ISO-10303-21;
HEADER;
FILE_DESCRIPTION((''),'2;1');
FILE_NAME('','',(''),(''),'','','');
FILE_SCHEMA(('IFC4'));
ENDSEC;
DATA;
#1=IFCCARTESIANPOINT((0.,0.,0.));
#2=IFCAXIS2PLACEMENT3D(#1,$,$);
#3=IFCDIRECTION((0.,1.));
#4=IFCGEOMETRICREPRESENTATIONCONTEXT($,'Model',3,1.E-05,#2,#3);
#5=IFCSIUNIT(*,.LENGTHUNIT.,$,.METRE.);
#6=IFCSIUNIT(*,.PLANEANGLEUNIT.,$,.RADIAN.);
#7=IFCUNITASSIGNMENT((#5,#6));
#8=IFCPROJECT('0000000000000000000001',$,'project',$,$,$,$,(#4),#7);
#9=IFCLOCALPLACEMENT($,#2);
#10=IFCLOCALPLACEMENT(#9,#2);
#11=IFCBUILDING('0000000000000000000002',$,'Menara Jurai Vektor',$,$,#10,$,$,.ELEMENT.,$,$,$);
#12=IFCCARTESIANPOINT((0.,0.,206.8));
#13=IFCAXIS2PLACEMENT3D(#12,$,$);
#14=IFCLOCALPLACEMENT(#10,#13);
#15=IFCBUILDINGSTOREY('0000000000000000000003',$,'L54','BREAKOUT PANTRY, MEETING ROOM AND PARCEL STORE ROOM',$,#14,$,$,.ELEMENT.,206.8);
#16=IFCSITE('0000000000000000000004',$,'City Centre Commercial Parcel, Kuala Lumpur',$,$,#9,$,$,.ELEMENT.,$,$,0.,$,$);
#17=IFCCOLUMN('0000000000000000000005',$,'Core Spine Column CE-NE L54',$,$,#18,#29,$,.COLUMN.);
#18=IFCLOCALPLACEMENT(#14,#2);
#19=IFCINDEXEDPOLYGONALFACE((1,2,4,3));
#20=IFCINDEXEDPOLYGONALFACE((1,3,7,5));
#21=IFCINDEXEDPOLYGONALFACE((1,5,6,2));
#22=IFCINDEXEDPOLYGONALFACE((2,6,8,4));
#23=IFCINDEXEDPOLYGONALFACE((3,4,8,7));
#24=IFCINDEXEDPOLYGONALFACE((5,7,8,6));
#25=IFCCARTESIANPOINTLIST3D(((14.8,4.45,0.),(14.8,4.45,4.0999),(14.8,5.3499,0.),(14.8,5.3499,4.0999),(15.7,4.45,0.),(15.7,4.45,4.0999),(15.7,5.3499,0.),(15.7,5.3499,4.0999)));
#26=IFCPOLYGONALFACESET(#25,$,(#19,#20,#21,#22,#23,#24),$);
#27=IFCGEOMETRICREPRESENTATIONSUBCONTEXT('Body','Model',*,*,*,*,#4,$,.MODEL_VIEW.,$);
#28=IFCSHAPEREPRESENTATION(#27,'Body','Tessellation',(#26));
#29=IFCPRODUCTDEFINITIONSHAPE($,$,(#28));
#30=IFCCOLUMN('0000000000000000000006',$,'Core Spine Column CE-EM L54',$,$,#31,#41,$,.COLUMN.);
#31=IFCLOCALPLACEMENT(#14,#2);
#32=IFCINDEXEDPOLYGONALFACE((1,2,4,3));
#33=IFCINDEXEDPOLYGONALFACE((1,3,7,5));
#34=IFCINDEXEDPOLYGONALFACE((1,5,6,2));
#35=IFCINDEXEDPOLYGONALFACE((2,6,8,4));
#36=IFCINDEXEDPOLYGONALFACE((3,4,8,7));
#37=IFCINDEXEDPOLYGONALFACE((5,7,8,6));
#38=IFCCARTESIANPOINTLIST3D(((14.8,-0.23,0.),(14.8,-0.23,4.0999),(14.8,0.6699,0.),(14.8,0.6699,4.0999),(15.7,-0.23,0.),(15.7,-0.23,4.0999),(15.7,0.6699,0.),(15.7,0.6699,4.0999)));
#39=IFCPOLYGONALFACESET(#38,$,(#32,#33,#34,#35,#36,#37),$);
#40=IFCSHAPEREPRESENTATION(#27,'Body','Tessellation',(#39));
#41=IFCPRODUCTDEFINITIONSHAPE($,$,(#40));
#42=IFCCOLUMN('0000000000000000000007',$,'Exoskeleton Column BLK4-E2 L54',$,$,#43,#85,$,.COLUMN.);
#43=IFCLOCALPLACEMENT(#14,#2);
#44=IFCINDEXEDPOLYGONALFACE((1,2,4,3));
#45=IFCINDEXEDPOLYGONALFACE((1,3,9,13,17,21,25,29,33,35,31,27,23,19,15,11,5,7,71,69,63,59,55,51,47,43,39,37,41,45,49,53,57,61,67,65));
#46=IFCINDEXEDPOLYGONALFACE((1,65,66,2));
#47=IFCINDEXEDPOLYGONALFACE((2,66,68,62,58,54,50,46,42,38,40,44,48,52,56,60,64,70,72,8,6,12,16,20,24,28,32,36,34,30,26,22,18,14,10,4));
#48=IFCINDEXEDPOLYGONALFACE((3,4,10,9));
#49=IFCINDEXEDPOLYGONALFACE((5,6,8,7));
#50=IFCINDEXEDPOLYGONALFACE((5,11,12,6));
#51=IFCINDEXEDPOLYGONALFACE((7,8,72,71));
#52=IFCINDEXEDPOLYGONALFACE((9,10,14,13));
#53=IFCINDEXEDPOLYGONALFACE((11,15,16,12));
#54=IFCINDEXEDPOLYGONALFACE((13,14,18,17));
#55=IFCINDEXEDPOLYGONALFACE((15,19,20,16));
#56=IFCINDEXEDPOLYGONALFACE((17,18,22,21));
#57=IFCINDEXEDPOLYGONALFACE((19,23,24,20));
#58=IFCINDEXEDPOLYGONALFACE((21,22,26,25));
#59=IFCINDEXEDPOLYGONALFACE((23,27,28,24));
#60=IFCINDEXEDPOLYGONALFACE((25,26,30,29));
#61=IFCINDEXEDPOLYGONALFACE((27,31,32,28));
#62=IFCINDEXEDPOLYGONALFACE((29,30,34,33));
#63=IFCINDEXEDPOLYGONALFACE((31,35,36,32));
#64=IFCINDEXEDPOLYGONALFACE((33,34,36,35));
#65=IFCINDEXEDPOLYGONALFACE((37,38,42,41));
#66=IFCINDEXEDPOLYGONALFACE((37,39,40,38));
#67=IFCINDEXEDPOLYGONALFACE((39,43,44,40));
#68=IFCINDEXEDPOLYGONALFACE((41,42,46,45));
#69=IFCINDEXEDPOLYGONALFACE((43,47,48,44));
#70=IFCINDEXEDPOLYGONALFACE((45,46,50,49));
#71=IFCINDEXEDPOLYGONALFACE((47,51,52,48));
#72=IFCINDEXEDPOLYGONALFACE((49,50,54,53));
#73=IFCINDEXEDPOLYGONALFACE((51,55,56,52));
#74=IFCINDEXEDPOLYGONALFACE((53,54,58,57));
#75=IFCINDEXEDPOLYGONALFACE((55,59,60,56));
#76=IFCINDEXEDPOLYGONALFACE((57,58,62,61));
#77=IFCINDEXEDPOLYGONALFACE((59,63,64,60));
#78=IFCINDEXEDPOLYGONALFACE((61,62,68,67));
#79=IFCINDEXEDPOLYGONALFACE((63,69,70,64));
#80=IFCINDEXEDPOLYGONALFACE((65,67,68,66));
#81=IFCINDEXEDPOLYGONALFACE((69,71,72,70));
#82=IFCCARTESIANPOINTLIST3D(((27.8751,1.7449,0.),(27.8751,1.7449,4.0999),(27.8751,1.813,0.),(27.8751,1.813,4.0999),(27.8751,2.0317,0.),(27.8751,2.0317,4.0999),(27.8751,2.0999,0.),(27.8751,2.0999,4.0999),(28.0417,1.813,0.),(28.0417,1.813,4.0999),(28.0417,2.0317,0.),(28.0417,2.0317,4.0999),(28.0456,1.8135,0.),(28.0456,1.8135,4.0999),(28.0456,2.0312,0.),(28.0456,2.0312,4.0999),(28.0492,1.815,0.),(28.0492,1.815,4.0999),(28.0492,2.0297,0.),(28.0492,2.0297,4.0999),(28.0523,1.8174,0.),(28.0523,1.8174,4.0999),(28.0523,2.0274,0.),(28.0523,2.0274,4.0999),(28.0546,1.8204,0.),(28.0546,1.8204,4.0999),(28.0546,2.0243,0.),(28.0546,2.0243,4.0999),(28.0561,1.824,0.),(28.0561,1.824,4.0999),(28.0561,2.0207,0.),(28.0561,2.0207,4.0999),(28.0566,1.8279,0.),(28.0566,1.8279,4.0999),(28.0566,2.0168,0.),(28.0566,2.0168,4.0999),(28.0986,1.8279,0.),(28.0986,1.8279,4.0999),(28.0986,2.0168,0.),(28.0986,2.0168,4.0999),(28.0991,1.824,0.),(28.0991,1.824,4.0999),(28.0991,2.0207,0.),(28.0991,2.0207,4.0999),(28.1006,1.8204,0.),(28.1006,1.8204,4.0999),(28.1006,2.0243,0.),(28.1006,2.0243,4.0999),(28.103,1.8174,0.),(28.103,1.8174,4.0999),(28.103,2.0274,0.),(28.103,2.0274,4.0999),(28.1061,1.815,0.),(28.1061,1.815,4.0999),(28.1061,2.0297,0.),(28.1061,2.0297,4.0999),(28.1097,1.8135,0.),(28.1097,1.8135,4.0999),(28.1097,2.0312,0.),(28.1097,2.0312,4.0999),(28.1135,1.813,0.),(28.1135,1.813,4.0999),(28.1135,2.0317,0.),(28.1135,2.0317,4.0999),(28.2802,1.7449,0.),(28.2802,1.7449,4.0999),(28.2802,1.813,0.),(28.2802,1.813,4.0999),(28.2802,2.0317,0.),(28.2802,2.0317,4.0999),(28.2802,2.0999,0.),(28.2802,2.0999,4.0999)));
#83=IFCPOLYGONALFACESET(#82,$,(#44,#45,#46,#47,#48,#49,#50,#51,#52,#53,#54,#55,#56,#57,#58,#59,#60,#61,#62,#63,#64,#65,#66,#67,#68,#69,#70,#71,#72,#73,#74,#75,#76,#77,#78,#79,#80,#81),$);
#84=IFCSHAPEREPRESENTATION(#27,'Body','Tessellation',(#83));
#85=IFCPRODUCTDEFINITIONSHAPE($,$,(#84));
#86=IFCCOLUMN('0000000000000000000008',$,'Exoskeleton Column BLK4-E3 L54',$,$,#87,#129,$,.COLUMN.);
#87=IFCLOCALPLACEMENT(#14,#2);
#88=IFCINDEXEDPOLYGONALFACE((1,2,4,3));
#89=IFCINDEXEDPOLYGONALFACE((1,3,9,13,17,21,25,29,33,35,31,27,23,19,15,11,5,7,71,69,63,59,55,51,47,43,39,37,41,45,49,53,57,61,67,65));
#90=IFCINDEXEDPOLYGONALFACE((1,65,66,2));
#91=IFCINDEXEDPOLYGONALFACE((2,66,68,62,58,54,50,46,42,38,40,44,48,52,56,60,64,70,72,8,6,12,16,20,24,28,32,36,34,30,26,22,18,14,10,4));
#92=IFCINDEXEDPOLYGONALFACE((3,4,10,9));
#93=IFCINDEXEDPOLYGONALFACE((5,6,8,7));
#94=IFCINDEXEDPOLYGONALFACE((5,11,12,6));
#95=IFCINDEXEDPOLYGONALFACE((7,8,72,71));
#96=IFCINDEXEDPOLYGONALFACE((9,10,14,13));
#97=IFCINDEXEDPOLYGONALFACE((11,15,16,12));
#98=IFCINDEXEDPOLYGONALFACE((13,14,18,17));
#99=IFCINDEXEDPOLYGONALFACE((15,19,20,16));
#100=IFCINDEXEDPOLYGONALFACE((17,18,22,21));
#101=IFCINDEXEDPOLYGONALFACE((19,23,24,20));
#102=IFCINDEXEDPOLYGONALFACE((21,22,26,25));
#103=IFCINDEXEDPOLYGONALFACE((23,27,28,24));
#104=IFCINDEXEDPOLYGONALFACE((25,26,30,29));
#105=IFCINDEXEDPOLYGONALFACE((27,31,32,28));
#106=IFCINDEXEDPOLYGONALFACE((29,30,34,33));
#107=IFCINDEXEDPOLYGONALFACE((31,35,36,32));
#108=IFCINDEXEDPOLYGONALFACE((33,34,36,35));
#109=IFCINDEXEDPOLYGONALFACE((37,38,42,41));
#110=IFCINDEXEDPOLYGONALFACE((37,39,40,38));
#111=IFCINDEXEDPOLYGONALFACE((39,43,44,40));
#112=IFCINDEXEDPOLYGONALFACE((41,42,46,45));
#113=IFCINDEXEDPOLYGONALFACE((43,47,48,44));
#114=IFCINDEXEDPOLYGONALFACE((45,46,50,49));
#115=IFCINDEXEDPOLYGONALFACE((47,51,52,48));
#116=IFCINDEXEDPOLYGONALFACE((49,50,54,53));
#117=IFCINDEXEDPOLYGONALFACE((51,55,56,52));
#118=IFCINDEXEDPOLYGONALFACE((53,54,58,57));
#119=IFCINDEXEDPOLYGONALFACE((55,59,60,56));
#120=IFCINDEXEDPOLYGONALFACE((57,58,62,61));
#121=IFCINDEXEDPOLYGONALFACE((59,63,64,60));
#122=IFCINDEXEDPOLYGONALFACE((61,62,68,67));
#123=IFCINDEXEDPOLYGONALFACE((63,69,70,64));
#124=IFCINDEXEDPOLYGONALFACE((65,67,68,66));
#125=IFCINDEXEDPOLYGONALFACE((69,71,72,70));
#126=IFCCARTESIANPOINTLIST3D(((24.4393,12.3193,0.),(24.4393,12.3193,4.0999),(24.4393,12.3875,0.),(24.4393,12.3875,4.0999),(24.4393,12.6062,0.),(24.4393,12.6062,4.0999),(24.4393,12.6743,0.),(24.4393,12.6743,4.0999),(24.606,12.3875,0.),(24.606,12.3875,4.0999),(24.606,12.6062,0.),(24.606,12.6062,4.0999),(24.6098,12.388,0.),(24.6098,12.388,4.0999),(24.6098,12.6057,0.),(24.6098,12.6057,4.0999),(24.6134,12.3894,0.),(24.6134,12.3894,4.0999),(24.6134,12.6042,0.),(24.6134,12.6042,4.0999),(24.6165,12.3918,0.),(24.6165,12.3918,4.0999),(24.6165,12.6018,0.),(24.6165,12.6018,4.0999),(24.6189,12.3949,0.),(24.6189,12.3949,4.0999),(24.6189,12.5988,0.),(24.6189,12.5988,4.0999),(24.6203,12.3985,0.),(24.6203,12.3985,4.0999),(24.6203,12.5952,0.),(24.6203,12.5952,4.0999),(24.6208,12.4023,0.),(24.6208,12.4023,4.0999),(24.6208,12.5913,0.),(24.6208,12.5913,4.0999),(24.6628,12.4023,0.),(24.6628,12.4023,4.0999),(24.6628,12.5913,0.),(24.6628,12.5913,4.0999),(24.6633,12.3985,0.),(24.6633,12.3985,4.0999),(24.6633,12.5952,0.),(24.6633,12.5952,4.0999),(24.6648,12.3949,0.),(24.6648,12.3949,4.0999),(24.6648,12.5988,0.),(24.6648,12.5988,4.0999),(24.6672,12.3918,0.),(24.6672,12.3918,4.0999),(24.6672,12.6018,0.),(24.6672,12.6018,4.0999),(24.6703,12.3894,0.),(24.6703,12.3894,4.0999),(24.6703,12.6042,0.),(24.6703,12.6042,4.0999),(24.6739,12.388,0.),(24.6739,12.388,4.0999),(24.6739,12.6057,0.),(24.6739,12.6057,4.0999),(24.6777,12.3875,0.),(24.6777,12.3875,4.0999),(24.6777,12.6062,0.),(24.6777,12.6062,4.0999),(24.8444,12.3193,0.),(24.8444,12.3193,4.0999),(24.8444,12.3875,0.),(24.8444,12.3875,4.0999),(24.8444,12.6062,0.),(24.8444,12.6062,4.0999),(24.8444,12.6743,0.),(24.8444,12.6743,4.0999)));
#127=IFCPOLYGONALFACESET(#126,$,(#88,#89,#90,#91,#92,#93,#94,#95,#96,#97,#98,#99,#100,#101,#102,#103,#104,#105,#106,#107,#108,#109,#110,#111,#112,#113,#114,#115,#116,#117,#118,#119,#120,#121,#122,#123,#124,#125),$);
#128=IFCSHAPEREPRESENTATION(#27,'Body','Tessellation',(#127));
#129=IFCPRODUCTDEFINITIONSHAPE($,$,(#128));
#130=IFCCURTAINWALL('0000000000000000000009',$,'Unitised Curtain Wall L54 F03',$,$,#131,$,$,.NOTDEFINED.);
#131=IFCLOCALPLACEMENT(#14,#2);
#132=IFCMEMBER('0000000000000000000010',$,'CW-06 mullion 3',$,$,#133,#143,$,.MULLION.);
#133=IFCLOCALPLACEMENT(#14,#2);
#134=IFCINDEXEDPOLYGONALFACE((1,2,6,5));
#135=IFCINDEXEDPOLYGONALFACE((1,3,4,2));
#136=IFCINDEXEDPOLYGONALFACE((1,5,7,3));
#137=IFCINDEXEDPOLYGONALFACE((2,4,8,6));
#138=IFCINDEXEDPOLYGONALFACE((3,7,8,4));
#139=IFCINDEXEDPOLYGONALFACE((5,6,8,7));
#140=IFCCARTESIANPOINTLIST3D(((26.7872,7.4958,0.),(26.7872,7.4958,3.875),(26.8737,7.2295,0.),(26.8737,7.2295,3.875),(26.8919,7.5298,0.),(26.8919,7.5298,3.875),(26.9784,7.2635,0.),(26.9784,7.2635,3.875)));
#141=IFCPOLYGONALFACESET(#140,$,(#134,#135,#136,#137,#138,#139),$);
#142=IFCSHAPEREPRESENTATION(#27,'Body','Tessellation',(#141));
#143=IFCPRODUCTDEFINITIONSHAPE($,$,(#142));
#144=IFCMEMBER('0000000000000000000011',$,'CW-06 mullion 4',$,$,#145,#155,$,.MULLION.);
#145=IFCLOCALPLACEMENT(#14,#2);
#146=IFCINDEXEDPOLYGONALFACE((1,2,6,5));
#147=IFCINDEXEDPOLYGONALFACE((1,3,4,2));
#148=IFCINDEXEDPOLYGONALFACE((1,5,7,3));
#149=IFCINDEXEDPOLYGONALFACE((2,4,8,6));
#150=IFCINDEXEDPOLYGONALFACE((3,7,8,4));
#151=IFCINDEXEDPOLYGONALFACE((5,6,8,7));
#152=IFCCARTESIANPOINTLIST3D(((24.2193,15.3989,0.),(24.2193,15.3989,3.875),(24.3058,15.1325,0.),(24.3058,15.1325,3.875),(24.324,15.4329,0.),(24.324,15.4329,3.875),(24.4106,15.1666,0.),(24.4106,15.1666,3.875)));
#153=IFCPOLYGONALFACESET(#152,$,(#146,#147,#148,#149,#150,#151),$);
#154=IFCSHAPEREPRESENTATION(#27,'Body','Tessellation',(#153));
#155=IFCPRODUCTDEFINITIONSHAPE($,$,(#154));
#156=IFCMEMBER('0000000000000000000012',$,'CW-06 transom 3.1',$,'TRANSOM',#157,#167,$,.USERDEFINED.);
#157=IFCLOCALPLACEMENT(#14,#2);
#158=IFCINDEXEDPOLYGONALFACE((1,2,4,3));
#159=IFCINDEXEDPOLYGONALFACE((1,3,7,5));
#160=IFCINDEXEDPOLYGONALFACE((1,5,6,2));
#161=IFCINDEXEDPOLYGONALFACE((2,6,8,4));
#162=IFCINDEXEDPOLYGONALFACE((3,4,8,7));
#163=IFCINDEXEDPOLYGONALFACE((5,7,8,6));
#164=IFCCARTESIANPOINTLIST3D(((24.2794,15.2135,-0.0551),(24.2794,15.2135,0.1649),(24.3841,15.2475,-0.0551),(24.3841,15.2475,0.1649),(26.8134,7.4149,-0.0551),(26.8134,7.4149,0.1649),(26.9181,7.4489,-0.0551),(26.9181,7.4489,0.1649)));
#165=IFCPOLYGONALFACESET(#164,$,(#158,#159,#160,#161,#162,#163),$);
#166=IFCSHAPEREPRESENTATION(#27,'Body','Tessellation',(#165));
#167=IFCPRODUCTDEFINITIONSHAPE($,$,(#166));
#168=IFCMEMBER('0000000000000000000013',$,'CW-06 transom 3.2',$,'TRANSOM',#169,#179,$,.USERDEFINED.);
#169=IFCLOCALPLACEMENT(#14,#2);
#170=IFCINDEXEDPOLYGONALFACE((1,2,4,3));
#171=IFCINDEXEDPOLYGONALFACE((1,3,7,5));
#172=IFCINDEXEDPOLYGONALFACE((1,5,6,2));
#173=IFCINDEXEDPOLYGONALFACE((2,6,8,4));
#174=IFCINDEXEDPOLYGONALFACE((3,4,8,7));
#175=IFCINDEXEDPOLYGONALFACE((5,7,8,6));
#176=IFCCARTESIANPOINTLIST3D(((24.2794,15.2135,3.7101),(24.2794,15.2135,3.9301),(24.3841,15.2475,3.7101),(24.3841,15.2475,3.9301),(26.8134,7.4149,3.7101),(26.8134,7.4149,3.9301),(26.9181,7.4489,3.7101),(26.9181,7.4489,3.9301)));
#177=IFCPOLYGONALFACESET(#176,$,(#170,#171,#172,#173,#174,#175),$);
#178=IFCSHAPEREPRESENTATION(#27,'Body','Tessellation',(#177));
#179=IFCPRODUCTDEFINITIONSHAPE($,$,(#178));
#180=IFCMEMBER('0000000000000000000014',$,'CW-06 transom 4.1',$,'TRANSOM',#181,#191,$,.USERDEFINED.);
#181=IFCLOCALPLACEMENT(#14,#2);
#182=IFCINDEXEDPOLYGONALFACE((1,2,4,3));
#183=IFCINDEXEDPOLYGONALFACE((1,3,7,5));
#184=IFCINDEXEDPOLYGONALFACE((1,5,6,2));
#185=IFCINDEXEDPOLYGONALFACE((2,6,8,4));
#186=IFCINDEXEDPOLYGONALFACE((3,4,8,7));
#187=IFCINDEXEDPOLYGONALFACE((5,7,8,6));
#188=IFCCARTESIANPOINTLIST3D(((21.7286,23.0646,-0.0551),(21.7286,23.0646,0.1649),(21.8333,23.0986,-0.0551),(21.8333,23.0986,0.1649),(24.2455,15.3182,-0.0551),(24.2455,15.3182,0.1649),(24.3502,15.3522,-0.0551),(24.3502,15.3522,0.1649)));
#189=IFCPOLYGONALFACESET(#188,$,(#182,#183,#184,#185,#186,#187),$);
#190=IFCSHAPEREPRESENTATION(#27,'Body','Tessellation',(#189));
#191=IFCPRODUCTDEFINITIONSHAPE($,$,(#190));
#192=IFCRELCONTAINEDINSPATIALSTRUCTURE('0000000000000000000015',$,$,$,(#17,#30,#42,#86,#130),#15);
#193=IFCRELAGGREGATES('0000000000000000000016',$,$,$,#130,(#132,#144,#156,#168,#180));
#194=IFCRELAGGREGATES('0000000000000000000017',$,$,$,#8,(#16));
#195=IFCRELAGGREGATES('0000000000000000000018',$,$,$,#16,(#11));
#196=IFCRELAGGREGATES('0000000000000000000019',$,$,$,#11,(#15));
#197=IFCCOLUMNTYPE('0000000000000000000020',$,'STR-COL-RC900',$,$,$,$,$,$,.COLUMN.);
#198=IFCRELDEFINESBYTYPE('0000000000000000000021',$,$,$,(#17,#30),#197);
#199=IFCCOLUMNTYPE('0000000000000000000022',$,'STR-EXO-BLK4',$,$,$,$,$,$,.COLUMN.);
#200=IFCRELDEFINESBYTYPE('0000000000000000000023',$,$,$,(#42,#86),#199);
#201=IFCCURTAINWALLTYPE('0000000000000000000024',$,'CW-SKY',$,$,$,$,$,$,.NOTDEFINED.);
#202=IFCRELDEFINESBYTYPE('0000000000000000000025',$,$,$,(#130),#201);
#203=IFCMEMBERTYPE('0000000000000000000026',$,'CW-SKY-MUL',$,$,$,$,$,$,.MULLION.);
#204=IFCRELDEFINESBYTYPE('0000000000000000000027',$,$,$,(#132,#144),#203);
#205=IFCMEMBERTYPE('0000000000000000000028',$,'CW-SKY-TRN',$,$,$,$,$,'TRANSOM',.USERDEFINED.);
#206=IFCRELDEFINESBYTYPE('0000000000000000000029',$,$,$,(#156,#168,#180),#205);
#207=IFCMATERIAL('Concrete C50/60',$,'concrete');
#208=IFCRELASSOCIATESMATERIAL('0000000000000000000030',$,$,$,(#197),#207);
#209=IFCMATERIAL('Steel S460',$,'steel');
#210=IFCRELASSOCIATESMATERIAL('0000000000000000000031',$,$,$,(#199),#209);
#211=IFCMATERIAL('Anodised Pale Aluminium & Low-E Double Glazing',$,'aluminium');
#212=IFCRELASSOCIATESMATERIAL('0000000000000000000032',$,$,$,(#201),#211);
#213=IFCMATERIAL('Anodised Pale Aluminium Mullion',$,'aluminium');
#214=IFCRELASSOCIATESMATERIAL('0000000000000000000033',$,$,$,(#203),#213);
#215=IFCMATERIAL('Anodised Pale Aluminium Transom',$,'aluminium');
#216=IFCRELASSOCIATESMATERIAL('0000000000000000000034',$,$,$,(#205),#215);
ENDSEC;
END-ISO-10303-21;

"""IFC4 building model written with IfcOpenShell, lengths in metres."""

from ifc_helpers import new_model, si_unit, direction, frame, origin, origin_2d, place, context, subcontext, project, spatial, rectangle, i_section, extrude, material, material_profile, profile_set, type_object, element, aggregate, save


model = new_model("IFC4")

# Units and contexts
model_context = context("Model", 3, precision=1e-05, world=origin(), true_north=direction((0.0, 1.0)))
body_context = subcontext(model_context, "Body", "Model", "MODEL_VIEW")
ifc_project = project(units=[si_unit("LENGTHUNIT", "METRE"), si_unit("PLANEANGLEUNIT", "RADIAN")], contexts=[model_context])

# Site, building, storey
site_placement = place(None, origin())
site = spatial("IfcSite", under=ifc_project, at=site_placement, Name="City Centre Commercial Parcel, Kuala Lumpur", CompositionType="ELEMENT", RefElevation=0.0)
building_placement = place(site_placement, origin())
building = spatial("IfcBuilding", under=site, at=building_placement, Name="Menara Jurai Vektor", CompositionType="ELEMENT")
storey_placement = place(building_placement, frame((0.0, 0.0, 206.8)))
storey = spatial("IfcBuildingStorey", under=building, at=storey_placement, Name="L54", Description="BREAKOUT PANTRY, MEETING ROOM AND PARCEL STORE ROOM", CompositionType="ELEMENT", Elevation=206.8)

# Columns
ifc_material_1 = material(Name="Concrete C50/60", Category="concrete")
ifc_material_profile_1 = material_profile(ifc_material_1, rectangle(XDim=0.8999, YDim=0.8999, at=origin_2d()), Name="RC 900x900")
ifc_profile_set_1 = profile_set([ifc_material_profile_1], Name="Concrete C50/60")
column_type_1 = type_object("IfcColumnType", Name="STR-COL-RC900", PredefinedType="COLUMN", material=ifc_profile_set_1)
for number, where, z_axis, x_axis, name in (
    (1, (15.25, 4.8999, 0.0), (0.0, 0.0, 1.0), (1.0, 0.0, 0.0), "Core Spine Column CE-NE L54"),
    (2, (15.25, 0.22, 0.0), (0.0, 0.0, 1.0), (1.0, 0.0, 0.0), "Core Spine Column CE-EM L54"),
):
    element("IfcColumn", number, at=place(storey_placement, frame(where, z_axis=z_axis, x_axis=x_axis)), inside=storey, type_object=column_type_1, Name=name, PredefinedType="COLUMN", context=body_context, shape_type="SweptSolid", body=[
        extrude(rectangle(XDim=0.8999, YDim=0.8999, at=origin_2d()), origin(), (0.0, 0.0, 1.0), 4.0999),
    ])
ifc_material_2 = material(Name="Steel S460", Category="steel")
ifc_material_profile_2 = material_profile(ifc_material_2, i_section(OverallWidth=0.405, OverallDepth=0.355, WebThickness=0.042, FlangeThickness=0.0681, FilletRadius=0.0149, at=origin_2d()), Name="HD 400x551")
ifc_profile_set_2 = profile_set([ifc_material_profile_2], Name="Steel S460")
column_type_2 = type_object("IfcColumnType", Name="STR-EXO-BLK4", PredefinedType="COLUMN", material=ifc_profile_set_2)
for number, where, z_axis, x_axis, name in (
    (3, (28.0776, 1.9224, 0.0), (0.0, 0.0, 1.0), (1.0, 0.0, 0.0), "Exoskeleton Column BLK4-E2 L54"),
    (4, (24.6418, 12.4968, 0.0), (0.0, 0.0, 1.0), (1.0, 0.0, 0.0), "Exoskeleton Column BLK4-E3 L54"),
):
    element("IfcColumn", number, at=place(storey_placement, frame(where, z_axis=z_axis, x_axis=x_axis)), inside=storey, type_object=column_type_2, Name=name, PredefinedType="COLUMN", context=body_context, shape_type="SweptSolid", body=[
        extrude(i_section(OverallWidth=0.405, OverallDepth=0.355, WebThickness=0.042, FlangeThickness=0.0681, FilletRadius=0.0149, at=origin_2d()), origin(), (0.0, 0.0, 1.0), 4.0999),
    ])

# Curtain wall, members
ifc_material_3 = material(Name="Anodised Pale Aluminium & Low-E Double Glazing", Category="aluminium")
curtain_wall_type = type_object("IfcCurtainWallType", Name="CW-SKY", PredefinedType="NOTDEFINED", material=ifc_material_3)
curtain_wall_placement = place(storey_placement, origin())
curtain_wall = element("IfcCurtainWall", 5, at=curtain_wall_placement, inside=storey, type_object=curtain_wall_type, Name="Unitised Curtain Wall L54 F03", PredefinedType="NOTDEFINED")
ifc_material_4 = material(Name="Anodised Pale Aluminium Mullion", Category="aluminium")
ifc_material_profile_3 = material_profile(ifc_material_4, rectangle(XDim=0.1101, YDim=0.28, at=origin_2d()), Name="ALU MUL 110x280")
ifc_profile_set_3 = profile_set([ifc_material_profile_3], Name="Anodised Pale Aluminium Mullion")
member_type_1 = type_object("IfcMemberType", Name="CW-SKY-MUL", PredefinedType="MULLION", material=ifc_profile_set_3)
member_1_placement = place(storey_placement, frame((26.8828, 7.3796, 0.0), z_axis=(0.0, 0.0, 1.0), x_axis=(-0.951057, -0.309016, 0.0)))
member_1 = element("IfcMember", 6, at=member_1_placement, type_object=member_type_1, Name="CW-06 mullion 3", PredefinedType="MULLION", context=body_context, shape_type="SweptSolid", body=[
    extrude(rectangle(XDim=0.1101, YDim=0.28, at=origin_2d()), origin(), (0.0, 0.0, 1.0), 3.875),
])
member_2_placement = place(storey_placement, frame((24.3149, 15.2827, 0.0), z_axis=(0.0, 0.0, 1.0), x_axis=(-0.951057, -0.309016, 0.0)))
member_2 = element("IfcMember", 7, at=member_2_placement, type_object=member_type_1, Name="CW-06 mullion 4", PredefinedType="MULLION", context=body_context, shape_type="SweptSolid", body=[
    extrude(rectangle(XDim=0.1101, YDim=0.28, at=origin_2d()), origin(), (0.0, 0.0, 1.0), 3.875),
])
ifc_material_5 = material(Name="Anodised Pale Aluminium Transom", Category="aluminium")
ifc_material_profile_4 = material_profile(ifc_material_5, rectangle(XDim=0.1101, YDim=0.22, at=origin_2d()), Name="ALU TRN 110x220")
ifc_profile_set_4 = profile_set([ifc_material_profile_4], Name="Anodised Pale Aluminium Transom")
member_type_2 = type_object("IfcMemberType", Name="CW-SKY-TRN", ElementType="TRANSOM", PredefinedType="USERDEFINED", material=ifc_profile_set_4)
member_3_placement = place(storey_placement, frame((26.8657, 7.4319, 0.0549), z_axis=(-0.309019, 0.951056, 0.0), x_axis=(-0.951056, -0.309019, 0.0)))
member_3 = element("IfcMember", 8, at=member_3_placement, type_object=member_type_2, Name="CW-06 transom 3.1", ObjectType="TRANSOM", PredefinedType="USERDEFINED", context=body_context, shape_type="SweptSolid", body=[
    extrude(rectangle(XDim=0.1101, YDim=0.22, at=origin_2d()), origin(), (0.0, 0.0, 1.0), 8.2),
])
member_4_placement = place(storey_placement, frame((26.8657, 7.4319, 3.8201), z_axis=(-0.309019, 0.951056, 0.0), x_axis=(-0.951056, -0.309019, 0.0)))
member_4 = element("IfcMember", 9, at=member_4_placement, type_object=member_type_2, Name="CW-06 transom 3.2", ObjectType="TRANSOM", PredefinedType="USERDEFINED", context=body_context, shape_type="SweptSolid", body=[
    extrude(rectangle(XDim=0.1101, YDim=0.22, at=origin_2d()), origin(), (0.0, 0.0, 1.0), 8.2),
])
member_5_placement = place(storey_placement, frame((24.2979, 15.3352, 0.0549), z_axis=(-0.309007, 0.95106, 0.0), x_axis=(-0.95106, -0.309007, 0.0)))
member_5 = element("IfcMember", 10, at=member_5_placement, type_object=member_type_2, Name="CW-06 transom 4.1", ObjectType="TRANSOM", PredefinedType="USERDEFINED", context=body_context, shape_type="SweptSolid", body=[
    extrude(rectangle(XDim=0.1101, YDim=0.22, at=origin_2d()), origin(), (0.0, 0.0, 1.0), 8.145),
])

aggregate(curtain_wall, [member_1, member_2, member_3, member_4, member_5])

save(model, "model.ifc")
